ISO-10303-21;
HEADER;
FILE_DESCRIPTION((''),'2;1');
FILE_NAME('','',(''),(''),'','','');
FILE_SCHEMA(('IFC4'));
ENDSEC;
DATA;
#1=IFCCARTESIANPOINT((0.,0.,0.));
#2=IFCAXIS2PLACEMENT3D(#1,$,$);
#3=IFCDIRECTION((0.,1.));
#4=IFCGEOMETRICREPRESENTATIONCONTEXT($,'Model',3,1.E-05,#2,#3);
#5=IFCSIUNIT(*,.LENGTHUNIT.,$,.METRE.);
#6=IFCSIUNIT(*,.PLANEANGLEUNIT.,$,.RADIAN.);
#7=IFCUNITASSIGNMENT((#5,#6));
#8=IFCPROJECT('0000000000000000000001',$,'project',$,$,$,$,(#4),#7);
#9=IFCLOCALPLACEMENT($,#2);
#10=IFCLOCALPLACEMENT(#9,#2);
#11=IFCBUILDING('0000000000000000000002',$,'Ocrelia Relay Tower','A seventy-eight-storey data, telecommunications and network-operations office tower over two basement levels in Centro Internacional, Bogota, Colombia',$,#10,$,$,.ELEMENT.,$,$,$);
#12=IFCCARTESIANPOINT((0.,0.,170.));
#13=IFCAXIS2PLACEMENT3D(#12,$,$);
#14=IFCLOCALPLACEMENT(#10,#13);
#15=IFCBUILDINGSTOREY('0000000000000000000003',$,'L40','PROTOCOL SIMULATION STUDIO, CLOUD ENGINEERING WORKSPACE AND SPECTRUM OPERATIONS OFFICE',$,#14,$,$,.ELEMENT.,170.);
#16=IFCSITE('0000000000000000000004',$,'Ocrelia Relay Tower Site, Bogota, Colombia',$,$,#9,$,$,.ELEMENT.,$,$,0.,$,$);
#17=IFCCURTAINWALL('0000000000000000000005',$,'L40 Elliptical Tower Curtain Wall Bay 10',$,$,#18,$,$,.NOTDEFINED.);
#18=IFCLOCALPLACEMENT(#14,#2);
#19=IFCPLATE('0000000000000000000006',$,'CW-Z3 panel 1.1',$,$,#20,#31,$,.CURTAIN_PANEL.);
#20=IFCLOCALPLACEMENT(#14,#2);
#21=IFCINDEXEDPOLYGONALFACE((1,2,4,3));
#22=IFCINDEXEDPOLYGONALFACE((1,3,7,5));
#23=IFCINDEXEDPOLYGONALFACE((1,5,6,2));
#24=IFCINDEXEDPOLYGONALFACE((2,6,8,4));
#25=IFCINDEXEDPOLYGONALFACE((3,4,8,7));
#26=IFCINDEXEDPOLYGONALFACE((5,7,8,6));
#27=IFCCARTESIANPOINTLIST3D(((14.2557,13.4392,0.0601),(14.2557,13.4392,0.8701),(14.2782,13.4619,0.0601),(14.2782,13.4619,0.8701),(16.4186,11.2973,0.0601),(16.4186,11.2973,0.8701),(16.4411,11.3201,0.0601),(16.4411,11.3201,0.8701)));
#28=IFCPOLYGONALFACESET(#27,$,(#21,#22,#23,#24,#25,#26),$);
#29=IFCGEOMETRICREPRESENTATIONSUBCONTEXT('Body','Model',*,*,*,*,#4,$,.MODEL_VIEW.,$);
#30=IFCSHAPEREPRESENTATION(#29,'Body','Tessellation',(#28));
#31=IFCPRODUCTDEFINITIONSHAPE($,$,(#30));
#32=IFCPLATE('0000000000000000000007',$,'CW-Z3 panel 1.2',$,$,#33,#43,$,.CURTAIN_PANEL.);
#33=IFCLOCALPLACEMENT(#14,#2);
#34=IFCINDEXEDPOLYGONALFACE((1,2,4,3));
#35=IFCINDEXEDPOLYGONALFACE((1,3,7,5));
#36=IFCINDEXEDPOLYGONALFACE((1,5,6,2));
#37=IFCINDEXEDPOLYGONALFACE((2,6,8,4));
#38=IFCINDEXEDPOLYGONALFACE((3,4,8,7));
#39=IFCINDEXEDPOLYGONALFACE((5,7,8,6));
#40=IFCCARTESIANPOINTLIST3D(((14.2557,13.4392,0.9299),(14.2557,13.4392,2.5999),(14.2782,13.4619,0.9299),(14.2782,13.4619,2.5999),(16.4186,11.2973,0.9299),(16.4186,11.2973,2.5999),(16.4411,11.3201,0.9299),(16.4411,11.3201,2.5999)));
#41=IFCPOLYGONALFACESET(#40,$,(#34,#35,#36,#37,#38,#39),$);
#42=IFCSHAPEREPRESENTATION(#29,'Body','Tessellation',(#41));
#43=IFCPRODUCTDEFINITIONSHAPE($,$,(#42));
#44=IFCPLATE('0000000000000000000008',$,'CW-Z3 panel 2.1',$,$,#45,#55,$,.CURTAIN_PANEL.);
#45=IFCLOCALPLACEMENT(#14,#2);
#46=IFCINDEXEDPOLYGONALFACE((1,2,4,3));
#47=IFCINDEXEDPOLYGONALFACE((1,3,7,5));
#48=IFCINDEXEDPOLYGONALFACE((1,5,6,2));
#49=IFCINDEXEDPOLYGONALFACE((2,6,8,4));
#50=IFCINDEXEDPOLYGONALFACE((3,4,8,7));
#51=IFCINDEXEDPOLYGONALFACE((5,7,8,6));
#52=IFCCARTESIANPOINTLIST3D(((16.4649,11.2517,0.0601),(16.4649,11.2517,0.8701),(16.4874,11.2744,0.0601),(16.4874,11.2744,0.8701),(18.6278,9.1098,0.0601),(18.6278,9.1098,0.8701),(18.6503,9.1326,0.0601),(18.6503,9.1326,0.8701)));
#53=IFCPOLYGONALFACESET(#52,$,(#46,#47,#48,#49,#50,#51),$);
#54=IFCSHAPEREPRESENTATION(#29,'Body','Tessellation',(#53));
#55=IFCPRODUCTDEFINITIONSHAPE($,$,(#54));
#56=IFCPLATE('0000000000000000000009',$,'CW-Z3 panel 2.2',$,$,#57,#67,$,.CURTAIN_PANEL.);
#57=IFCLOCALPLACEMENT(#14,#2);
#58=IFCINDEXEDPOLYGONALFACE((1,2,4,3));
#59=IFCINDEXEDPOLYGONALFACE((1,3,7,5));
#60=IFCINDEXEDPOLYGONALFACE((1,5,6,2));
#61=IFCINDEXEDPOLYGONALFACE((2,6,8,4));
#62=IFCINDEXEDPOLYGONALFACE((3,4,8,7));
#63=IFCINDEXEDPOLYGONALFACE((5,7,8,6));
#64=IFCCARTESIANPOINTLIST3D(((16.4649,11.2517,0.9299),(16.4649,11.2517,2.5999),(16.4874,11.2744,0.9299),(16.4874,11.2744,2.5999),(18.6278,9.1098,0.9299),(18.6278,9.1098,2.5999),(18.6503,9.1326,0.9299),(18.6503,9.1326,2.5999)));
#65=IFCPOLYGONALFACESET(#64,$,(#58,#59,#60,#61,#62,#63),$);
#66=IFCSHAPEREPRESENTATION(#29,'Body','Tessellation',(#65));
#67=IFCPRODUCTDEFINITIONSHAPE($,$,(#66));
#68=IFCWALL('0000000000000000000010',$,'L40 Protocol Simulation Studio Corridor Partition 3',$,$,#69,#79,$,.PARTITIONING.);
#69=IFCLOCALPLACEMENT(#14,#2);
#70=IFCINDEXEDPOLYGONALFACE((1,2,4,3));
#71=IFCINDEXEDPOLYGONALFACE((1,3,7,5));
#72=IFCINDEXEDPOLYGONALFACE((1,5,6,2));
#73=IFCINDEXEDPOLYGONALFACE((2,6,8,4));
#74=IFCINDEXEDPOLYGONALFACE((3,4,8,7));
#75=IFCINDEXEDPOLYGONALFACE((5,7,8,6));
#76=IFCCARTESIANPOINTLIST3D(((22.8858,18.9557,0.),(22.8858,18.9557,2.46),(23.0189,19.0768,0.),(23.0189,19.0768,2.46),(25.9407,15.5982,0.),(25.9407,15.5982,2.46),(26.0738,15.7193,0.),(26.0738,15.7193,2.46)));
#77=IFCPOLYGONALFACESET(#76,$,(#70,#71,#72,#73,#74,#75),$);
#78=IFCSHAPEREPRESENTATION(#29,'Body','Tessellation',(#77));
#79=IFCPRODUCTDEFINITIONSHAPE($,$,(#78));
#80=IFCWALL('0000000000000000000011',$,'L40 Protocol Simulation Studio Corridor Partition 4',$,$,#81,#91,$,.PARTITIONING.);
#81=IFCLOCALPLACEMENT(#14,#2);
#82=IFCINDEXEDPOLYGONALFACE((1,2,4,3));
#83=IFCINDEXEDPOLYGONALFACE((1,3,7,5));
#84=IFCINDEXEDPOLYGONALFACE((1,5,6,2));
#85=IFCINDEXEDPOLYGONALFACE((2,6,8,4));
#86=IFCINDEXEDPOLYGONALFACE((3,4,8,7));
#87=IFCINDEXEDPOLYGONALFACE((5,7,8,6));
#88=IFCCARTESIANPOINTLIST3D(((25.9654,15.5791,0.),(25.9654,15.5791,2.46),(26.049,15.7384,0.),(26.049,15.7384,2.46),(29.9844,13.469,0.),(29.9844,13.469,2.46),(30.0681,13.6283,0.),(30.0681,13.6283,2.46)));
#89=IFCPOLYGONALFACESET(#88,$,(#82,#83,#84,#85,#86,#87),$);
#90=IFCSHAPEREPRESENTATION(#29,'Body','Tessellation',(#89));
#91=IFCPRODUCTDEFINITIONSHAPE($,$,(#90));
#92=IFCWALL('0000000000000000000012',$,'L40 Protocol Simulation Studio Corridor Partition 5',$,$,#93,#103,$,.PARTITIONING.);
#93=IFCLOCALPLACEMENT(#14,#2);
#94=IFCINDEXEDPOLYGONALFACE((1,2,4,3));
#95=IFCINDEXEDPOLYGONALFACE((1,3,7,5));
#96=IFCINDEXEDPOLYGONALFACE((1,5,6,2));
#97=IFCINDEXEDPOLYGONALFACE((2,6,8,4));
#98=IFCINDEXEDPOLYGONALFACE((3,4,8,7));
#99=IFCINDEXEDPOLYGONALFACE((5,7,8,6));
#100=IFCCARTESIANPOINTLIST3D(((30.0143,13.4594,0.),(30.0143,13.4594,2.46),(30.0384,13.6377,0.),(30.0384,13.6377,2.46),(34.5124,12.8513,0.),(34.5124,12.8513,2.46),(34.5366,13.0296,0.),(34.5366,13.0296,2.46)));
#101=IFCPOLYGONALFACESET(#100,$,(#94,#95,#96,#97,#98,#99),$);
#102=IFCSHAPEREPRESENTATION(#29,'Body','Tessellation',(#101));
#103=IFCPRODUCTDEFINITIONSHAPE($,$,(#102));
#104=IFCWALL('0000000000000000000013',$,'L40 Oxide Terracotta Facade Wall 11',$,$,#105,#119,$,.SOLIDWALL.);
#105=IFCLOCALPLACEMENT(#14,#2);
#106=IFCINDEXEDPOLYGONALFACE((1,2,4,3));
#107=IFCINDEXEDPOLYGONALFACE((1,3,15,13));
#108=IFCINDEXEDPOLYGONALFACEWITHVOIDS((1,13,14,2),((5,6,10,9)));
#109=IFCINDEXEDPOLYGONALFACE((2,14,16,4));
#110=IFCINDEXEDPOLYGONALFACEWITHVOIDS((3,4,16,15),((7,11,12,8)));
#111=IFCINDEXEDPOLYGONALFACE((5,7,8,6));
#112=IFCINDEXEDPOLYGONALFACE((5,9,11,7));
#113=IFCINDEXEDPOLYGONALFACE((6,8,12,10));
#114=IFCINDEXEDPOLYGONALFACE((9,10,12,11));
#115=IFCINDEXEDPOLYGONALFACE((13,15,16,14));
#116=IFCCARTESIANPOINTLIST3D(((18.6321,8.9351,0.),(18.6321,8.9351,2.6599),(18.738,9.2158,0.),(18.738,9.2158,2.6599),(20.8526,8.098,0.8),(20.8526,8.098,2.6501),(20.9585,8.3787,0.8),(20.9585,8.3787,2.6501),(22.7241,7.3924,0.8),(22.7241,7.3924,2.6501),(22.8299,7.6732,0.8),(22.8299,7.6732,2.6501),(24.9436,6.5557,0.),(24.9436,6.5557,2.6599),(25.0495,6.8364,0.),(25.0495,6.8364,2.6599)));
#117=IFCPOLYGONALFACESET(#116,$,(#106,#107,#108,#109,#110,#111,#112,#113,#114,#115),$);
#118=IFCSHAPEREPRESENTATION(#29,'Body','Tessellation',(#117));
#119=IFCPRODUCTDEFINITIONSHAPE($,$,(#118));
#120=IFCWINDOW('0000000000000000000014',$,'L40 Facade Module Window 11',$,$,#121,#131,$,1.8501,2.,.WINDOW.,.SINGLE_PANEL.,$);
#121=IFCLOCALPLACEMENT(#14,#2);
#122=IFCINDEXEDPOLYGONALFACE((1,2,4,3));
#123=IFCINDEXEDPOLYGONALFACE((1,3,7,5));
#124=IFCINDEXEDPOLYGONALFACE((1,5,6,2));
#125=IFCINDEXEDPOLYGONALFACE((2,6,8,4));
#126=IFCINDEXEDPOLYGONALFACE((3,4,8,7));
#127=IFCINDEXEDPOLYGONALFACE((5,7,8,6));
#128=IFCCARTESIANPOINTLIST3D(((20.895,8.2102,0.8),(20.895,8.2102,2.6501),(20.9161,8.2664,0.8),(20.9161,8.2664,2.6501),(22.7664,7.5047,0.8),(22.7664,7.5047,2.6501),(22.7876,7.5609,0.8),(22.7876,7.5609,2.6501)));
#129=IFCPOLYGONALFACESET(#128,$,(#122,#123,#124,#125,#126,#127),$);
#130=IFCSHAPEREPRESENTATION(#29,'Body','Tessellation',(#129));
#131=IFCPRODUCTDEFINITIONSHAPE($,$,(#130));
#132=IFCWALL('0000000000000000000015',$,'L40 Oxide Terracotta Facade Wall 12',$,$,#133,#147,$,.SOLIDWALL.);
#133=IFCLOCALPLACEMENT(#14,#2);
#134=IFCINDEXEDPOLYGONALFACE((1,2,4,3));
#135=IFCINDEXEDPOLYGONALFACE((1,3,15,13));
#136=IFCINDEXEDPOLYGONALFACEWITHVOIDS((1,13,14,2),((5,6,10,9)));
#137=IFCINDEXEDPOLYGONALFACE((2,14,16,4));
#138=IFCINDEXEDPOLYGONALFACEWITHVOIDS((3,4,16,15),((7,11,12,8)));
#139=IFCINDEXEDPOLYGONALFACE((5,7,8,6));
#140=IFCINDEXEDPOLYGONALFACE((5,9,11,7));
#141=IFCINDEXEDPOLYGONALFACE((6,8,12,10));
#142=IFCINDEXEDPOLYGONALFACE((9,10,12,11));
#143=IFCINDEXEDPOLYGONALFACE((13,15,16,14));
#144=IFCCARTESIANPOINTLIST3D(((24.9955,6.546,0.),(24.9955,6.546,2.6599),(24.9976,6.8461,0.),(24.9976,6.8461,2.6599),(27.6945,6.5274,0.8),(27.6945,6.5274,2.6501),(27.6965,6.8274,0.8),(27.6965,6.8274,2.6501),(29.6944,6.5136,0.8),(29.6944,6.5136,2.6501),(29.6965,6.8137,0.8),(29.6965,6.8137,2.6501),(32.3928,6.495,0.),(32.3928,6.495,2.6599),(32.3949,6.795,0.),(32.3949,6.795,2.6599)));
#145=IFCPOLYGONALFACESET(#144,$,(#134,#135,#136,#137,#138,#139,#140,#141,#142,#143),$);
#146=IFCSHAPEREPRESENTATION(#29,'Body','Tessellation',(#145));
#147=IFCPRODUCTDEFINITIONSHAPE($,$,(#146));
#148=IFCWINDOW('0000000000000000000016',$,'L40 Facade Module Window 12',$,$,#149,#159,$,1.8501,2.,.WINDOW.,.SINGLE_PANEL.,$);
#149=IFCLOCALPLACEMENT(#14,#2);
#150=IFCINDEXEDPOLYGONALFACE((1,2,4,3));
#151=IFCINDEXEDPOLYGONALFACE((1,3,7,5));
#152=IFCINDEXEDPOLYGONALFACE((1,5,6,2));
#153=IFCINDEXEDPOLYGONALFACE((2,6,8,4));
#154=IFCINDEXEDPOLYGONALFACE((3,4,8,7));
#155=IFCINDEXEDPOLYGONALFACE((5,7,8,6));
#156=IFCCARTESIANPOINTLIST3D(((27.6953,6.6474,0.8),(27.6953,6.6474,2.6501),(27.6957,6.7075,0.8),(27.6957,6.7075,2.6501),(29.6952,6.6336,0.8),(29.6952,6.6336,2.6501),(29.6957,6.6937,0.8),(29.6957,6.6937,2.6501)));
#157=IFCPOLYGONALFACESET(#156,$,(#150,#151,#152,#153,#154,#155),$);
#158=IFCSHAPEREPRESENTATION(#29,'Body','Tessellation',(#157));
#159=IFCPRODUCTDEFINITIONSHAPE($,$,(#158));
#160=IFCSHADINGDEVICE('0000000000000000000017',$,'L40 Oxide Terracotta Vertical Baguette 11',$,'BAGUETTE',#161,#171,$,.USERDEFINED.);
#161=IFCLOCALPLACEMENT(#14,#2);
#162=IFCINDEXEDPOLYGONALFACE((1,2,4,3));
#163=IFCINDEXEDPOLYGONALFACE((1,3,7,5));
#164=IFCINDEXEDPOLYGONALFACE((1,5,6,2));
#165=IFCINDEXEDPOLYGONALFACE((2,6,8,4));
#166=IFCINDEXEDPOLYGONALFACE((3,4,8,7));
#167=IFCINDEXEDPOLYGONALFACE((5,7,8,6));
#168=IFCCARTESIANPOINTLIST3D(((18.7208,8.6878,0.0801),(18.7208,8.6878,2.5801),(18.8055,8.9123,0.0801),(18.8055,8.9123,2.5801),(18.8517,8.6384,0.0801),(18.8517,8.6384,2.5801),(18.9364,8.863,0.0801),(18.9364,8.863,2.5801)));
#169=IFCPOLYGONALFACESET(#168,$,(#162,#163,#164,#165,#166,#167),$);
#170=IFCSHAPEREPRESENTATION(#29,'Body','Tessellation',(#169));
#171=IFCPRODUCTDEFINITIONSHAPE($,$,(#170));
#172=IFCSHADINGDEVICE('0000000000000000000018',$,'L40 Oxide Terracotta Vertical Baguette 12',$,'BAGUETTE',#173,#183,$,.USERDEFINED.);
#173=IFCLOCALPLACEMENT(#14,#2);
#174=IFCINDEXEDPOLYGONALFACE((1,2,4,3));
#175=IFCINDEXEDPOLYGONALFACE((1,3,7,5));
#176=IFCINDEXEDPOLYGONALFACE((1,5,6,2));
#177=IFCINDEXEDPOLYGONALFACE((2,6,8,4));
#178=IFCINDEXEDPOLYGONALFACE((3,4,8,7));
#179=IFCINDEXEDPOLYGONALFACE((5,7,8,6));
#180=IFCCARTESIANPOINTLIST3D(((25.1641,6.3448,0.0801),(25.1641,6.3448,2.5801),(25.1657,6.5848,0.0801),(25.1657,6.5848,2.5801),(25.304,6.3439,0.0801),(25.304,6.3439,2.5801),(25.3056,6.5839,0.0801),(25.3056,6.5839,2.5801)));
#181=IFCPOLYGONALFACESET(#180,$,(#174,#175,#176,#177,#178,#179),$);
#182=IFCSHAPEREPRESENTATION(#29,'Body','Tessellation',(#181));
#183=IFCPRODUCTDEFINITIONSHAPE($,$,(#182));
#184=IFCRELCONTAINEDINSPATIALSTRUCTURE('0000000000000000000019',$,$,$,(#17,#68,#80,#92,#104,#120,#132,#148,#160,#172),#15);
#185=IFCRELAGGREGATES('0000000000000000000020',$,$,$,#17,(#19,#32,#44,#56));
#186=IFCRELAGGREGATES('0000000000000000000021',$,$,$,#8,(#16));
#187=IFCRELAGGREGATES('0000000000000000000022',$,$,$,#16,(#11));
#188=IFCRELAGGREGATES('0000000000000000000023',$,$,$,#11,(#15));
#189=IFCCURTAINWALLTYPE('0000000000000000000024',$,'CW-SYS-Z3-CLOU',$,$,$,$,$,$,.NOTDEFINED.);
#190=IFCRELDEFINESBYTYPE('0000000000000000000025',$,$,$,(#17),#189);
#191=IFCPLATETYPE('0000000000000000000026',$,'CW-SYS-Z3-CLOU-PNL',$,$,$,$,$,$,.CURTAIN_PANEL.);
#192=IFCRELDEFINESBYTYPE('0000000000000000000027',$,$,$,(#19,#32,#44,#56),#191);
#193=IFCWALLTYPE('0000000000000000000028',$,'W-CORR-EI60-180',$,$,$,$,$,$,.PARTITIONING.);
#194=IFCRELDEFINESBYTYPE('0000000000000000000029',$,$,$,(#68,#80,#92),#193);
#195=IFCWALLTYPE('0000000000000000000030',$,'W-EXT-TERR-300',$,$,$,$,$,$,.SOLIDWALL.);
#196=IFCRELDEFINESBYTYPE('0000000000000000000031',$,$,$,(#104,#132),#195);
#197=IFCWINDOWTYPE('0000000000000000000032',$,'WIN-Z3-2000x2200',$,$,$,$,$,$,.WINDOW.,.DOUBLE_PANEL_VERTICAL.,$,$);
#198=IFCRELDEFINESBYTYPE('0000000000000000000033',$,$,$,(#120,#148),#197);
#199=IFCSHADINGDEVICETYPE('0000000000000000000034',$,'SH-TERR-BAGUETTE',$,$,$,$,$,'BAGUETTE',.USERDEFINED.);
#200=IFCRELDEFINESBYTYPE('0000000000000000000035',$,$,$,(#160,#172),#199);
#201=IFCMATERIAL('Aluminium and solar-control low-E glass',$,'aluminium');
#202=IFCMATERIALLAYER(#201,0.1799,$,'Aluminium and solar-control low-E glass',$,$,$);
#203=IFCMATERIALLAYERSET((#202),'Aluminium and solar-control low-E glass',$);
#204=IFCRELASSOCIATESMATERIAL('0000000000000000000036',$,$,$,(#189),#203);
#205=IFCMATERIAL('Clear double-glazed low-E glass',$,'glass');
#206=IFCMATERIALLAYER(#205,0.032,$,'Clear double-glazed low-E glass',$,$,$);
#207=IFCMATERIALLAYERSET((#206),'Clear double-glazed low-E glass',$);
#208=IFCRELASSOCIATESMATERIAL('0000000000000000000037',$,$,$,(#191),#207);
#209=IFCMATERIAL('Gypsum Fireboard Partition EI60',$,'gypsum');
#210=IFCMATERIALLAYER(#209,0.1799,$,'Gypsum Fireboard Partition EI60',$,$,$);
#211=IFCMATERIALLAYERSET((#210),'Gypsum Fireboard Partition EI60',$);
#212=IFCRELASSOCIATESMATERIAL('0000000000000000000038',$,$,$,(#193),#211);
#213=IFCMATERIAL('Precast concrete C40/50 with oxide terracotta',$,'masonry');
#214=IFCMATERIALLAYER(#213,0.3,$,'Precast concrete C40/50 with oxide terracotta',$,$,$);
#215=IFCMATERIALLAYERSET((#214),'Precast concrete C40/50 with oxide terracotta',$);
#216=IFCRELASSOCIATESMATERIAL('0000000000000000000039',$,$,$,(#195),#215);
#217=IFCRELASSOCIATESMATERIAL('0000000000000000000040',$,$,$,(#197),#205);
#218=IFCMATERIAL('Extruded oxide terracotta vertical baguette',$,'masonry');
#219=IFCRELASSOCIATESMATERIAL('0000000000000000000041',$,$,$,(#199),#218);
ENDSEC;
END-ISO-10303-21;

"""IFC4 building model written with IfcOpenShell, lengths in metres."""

from ifc_helpers import new_model, si_unit, direction, frame, frame_2d, origin, origin_2d, place, context, subcontext, project, spatial, rectangle, extrude, material, layer, layer_set, type_object, element, fill, aggregate, save


model = new_model("IFC4")

# Units and contexts
model_context = context("Model", 3, precision=1e-05, world=origin(), true_north=direction((0.0, 1.0)))
body_context = subcontext(model_context, "Body", "Model", "MODEL_VIEW")
ifc_project = project(units=[si_unit("LENGTHUNIT", "METRE"), si_unit("PLANEANGLEUNIT", "RADIAN")], contexts=[model_context])

# Site, building, storey
site_placement = place(None, origin())
site = spatial("IfcSite", under=ifc_project, at=site_placement, Name="Ocrelia Relay Tower Site, Bogota, Colombia", CompositionType="ELEMENT", RefElevation=0.0)
building_placement = place(site_placement, origin())
building = spatial("IfcBuilding", under=site, at=building_placement, Name="Ocrelia Relay Tower", Description="A seventy-eight-storey data, telecommunications and network-operations office tower over two basement levels in Centro Internacional, Bogota, Colombia", CompositionType="ELEMENT")
storey_placement = place(building_placement, frame((0.0, 0.0, 170.0)))
storey = spatial("IfcBuildingStorey", under=building, at=storey_placement, Name="L40", Description="PROTOCOL SIMULATION STUDIO, CLOUD ENGINEERING WORKSPACE AND SPECTRUM OPERATIONS OFFICE", CompositionType="ELEMENT", Elevation=170.0)

# Shared definitions
ifc_material_1 = material(Name="Aluminium and solar-control low-E glass", Category="aluminium")
ifc_layer_1 = layer(ifc_material_1, 0.1799, Name="Aluminium and solar-control low-E glass")
ifc_layer_set_1 = layer_set([ifc_layer_1], Name="Aluminium and solar-control low-E glass")
curtain_wall_type = type_object("IfcCurtainWallType", Name="CW-SYS-Z3-CLOU", PredefinedType="NOTDEFINED", material=ifc_layer_set_1)

# Curtain wall
curtain_wall_1_placement = place(storey_placement, origin())
curtain_wall_1 = element("IfcCurtainWall", 1, at=curtain_wall_1_placement, inside=storey, type_object=curtain_wall_type, Name="L40 Elliptical Tower Curtain Wall Bay 10", PredefinedType="NOTDEFINED")

# Plates
ifc_material_2 = material(Name="Clear double-glazed low-E glass", Category="glass")
ifc_layer_2 = layer(ifc_material_2, 0.032, Name="Clear double-glazed low-E glass")
ifc_layer_set_2 = layer_set([ifc_layer_2], Name="Clear double-glazed low-E glass")
plate_type = type_object("IfcPlateType", Name="CW-SYS-Z3-CLOU-PNL", PredefinedType="CURTAIN_PANEL", material=ifc_layer_set_2)
plate_1_placement = place(storey_placement, frame((15.3484, 12.3796, 0.0601), z_axis=(0.0, 0.0, 1.0), x_axis=(0.710552, -0.703644, 0.0)))
plate_1 = element("IfcPlate", 2, at=plate_1_placement, type_object=plate_type, Name="CW-Z3 panel 1.1", PredefinedType="CURTAIN_PANEL", context=body_context, shape_type="SweptSolid", body=[
    extrude(rectangle(XDim=3.0439, YDim=0.032, at=origin_2d()), origin(), (0.0, 0.0, 1.0), 0.8101),
])
plate_2_placement = place(storey_placement, frame((15.3484, 12.3796, 0.9299), z_axis=(0.0, 0.0, 1.0), x_axis=(0.710552, -0.703644, 0.0)))
plate_2 = element("IfcPlate", 3, at=plate_2_placement, type_object=plate_type, Name="CW-Z3 panel 1.2", PredefinedType="CURTAIN_PANEL", context=body_context, shape_type="SweptSolid", body=[
    extrude(rectangle(XDim=3.0439, YDim=0.032, at=origin_2d()), origin(), (0.0, 0.0, 1.0), 1.6699),
])
plate_3_placement = place(storey_placement, frame((17.5576, 10.1921, 0.0601), z_axis=(0.0, 0.0, 1.0), x_axis=(0.710552, -0.703644, 0.0)))
plate_3 = element("IfcPlate", 4, at=plate_3_placement, type_object=plate_type, Name="CW-Z3 panel 2.1", PredefinedType="CURTAIN_PANEL", context=body_context, shape_type="SweptSolid", body=[
    extrude(rectangle(XDim=3.0439, YDim=0.032, at=origin_2d()), origin(), (0.0, 0.0, 1.0), 0.8101),
])
plate_4_placement = place(storey_placement, frame((17.5576, 10.1921, 0.9299), z_axis=(0.0, 0.0, 1.0), x_axis=(0.710552, -0.703644, 0.0)))
plate_4 = element("IfcPlate", 5, at=plate_4_placement, type_object=plate_type, Name="CW-Z3 panel 2.2", PredefinedType="CURTAIN_PANEL", context=body_context, shape_type="SweptSolid", body=[
    extrude(rectangle(XDim=3.0439, YDim=0.032, at=origin_2d()), origin(), (0.0, 0.0, 1.0), 1.6699),
])
aggregate(curtain_wall_1, [plate_1, plate_2, plate_3, plate_4])

# Walls
ifc_material_3 = material(Name="Gypsum Fireboard Partition EI60", Category="gypsum")
ifc_layer_3 = layer(ifc_material_3, 0.1799, Name="Gypsum Fireboard Partition EI60")
ifc_layer_set_3 = layer_set([ifc_layer_3], Name="Gypsum Fireboard Partition EI60")
wall_type_1 = type_object("IfcWallType", Name="W-CORR-EI60-180", PredefinedType="PARTITIONING", material=ifc_layer_set_3)
for number, where, z_axis, x_axis, name in (
    (6, (22.9524, 19.0161, 0.0), (0.0, 0.0, 1.0), (0.673002, -0.739641, 0.0), "L40 Protocol Simulation Studio Corridor Partition 3"),
    (7, (26.0073, 15.6587, 0.0), (0.0, 0.0, 1.0), (0.885388, -0.464853, 0.0), "L40 Protocol Simulation Studio Corridor Partition 4"),
):
    element("IfcWall", number, at=place(storey_placement, frame(where, z_axis=z_axis, x_axis=x_axis)), inside=storey, type_object=wall_type_1, Name=name, PredefinedType="PARTITIONING", context=body_context, shape_type="SweptSolid", body=[
        extrude(rectangle(XDim=4.5393, YDim=0.1799, at=frame_2d((2.2695, 0.0))), origin(), (0.0, 0.0, 1.0), 2.46),
    ])
wall_1_placement = place(storey_placement, frame((30.0264, 13.5486, 0.0), z_axis=(0.0, 0.0, 1.0), x_axis=(0.990983, -0.133985, 0.0)))
element("IfcWall", 8, at=wall_1_placement, inside=storey, type_object=wall_type_1, Name="L40 Protocol Simulation Studio Corridor Partition 5", PredefinedType="PARTITIONING", context=body_context, shape_type="SweptSolid", body=[
    extrude(rectangle(XDim=4.5391, YDim=0.1799, at=frame_2d((2.2695, 0.0))), origin(), (0.0, 0.0, 1.0), 2.46),
])

# Walls, openings, windows
ifc_material_4 = material(Name="Precast concrete C40/50 with oxide terracotta", Category="masonry")
ifc_layer_4 = layer(ifc_material_4, 0.3, Name="Precast concrete C40/50 with oxide terracotta")
ifc_layer_set_4 = layer_set([ifc_layer_4], Name="Precast concrete C40/50 with oxide terracotta")
wall_type_2 = type_object("IfcWallType", Name="W-EXT-TERR-300", PredefinedType="SOLIDWALL", material=ifc_layer_set_4)
wall_2_placement = place(storey_placement, frame((18.6851, 9.0754, 0.0), z_axis=(0.0, 0.0, 1.0), x_axis=(0.935715, -0.352757, 0.0)))
wall_2 = element("IfcWall", 9, at=wall_2_placement, inside=storey, type_object=wall_type_2, Name="L40 Oxide Terracotta Facade Wall 11", PredefinedType="SOLIDWALL", context=body_context, shape_type="SweptSolid", body=[
    extrude(rectangle(XDim=6.7451, YDim=0.3, at=frame_2d((3.3726, 0.0))), origin(), (0.0, 0.0, 1.0), 2.6599),
])
opening_1_placement = place(wall_2_placement, frame((2.373, 0.0, 0.8)))
opening_1 = element("IfcOpeningElement", 10, at=opening_1_placement, cuts=wall_2, PredefinedType="OPENING", context=body_context, shape_type="SweptSolid", body=[
    extrude(rectangle(XDim=2.0, YDim=1.8501, at=frame_2d((1.0, 0.925))), frame((0.0, 0.1602, 0.0), z_axis=(0.0, -1.0, 0.0), x_axis=(1.0, 0.0, 0.0)), (0.0, 0.0, 1.0), 0.3201),
])
window_type = type_object("IfcWindowType", Name="WIN-Z3-2000x2200", PartitioningType="DOUBLE_PANEL_VERTICAL", PredefinedType="WINDOW", material=ifc_material_2)
window_1_placement = place(opening_1_placement, origin())
window_1 = element("IfcWindow", 11, at=window_1_placement, inside=storey, type_object=window_type, Name="L40 Facade Module Window 11", OverallHeight=1.8501, OverallWidth=2.0, PartitioningType="SINGLE_PANEL", PredefinedType="WINDOW", context=body_context, shape_type="SweptSolid", body=[
    extrude(rectangle(XDim=2.0, YDim=1.8501, at=frame_2d((1.0, 0.925))), frame((0.0, 0.03, 0.0), z_axis=(0.0, -1.0, 0.0), x_axis=(1.0, 0.0, 0.0)), (0.0, 0.0, 1.0), 0.0601),
])
fill(opening_1, window_1)
wall_3_placement = place(storey_placement, frame((24.9966, 6.696, 0.0), z_axis=(0.0, 0.0, 1.0), x_axis=(0.999976, -0.006898, 0.0)))
wall_3 = element("IfcWall", 12, at=wall_3_placement, inside=storey, type_object=wall_type_2, Name="L40 Oxide Terracotta Facade Wall 12", PredefinedType="SOLIDWALL", context=body_context, shape_type="SweptSolid", body=[
    extrude(rectangle(XDim=7.3975, YDim=0.3, at=frame_2d((3.6987, 0.0))), origin(), (0.0, 0.0, 1.0), 2.6599),
])
opening_2_placement = place(wall_3_placement, frame((2.699, 0.0, 0.8)))
opening_2 = element("IfcOpeningElement", 13, at=opening_2_placement, cuts=wall_3, PredefinedType="OPENING", context=body_context, shape_type="SweptSolid", body=[
    extrude(rectangle(XDim=2.0, YDim=1.8501, at=frame_2d((1.0, 0.925))), frame((0.0, 0.1602, 0.0), z_axis=(0.0, -1.0, 0.0), x_axis=(1.0, 0.0, 0.0)), (0.0, 0.0, 1.0), 0.3201),
])
window_2_placement = place(opening_2_placement, origin())
window_2 = element("IfcWindow", 14, at=window_2_placement, inside=storey, type_object=window_type, Name="L40 Facade Module Window 12", OverallHeight=1.8501, OverallWidth=2.0, PartitioningType="SINGLE_PANEL", PredefinedType="WINDOW", context=body_context, shape_type="SweptSolid", body=[
    extrude(rectangle(XDim=2.0, YDim=1.8501, at=frame_2d((1.0, 0.925))), frame((0.0, 0.03, 0.0), z_axis=(0.0, -1.0, 0.0), x_axis=(1.0, 0.0, 0.0)), (0.0, 0.0, 1.0), 0.0601),
])
fill(opening_2, window_2)

# Shading devices
ifc_material_5 = material(Name="Extruded oxide terracotta vertical baguette", Category="masonry")
shading_device_type_1 = type_object("IfcShadingDeviceType", Name="SH-TERR-BAGUETTE", ElementType="BAGUETTE", PredefinedType="USERDEFINED", material=ifc_material_5)
for number, where, z_axis, x_axis, name in (
    (15, (18.8286, 8.7754, 0.0801), (0.0, 0.0, 1.0), (0.935712, -0.352764, 0.0), "L40 Oxide Terracotta Vertical Baguette 11"),
    (16, (25.2349, 6.4644, 0.0801), (0.0, 0.0, 1.0), (0.999976, -0.006894, 0.0), "L40 Oxide Terracotta Vertical Baguette 12"),
):
    element("IfcShadingDevice", number, at=place(storey_placement, frame(where, z_axis=z_axis, x_axis=x_axis)), inside=storey, type_object=shading_device_type_1, Name=name, ObjectType="BAGUETTE", PredefinedType="USERDEFINED", context=body_context, shape_type="SweptSolid", body=[
        extrude(rectangle(XDim=0.1399, YDim=0.24, at=origin_2d()), origin(), (0.0, 0.0, 1.0), 2.5),
    ])

save(model, "model.ifc")
